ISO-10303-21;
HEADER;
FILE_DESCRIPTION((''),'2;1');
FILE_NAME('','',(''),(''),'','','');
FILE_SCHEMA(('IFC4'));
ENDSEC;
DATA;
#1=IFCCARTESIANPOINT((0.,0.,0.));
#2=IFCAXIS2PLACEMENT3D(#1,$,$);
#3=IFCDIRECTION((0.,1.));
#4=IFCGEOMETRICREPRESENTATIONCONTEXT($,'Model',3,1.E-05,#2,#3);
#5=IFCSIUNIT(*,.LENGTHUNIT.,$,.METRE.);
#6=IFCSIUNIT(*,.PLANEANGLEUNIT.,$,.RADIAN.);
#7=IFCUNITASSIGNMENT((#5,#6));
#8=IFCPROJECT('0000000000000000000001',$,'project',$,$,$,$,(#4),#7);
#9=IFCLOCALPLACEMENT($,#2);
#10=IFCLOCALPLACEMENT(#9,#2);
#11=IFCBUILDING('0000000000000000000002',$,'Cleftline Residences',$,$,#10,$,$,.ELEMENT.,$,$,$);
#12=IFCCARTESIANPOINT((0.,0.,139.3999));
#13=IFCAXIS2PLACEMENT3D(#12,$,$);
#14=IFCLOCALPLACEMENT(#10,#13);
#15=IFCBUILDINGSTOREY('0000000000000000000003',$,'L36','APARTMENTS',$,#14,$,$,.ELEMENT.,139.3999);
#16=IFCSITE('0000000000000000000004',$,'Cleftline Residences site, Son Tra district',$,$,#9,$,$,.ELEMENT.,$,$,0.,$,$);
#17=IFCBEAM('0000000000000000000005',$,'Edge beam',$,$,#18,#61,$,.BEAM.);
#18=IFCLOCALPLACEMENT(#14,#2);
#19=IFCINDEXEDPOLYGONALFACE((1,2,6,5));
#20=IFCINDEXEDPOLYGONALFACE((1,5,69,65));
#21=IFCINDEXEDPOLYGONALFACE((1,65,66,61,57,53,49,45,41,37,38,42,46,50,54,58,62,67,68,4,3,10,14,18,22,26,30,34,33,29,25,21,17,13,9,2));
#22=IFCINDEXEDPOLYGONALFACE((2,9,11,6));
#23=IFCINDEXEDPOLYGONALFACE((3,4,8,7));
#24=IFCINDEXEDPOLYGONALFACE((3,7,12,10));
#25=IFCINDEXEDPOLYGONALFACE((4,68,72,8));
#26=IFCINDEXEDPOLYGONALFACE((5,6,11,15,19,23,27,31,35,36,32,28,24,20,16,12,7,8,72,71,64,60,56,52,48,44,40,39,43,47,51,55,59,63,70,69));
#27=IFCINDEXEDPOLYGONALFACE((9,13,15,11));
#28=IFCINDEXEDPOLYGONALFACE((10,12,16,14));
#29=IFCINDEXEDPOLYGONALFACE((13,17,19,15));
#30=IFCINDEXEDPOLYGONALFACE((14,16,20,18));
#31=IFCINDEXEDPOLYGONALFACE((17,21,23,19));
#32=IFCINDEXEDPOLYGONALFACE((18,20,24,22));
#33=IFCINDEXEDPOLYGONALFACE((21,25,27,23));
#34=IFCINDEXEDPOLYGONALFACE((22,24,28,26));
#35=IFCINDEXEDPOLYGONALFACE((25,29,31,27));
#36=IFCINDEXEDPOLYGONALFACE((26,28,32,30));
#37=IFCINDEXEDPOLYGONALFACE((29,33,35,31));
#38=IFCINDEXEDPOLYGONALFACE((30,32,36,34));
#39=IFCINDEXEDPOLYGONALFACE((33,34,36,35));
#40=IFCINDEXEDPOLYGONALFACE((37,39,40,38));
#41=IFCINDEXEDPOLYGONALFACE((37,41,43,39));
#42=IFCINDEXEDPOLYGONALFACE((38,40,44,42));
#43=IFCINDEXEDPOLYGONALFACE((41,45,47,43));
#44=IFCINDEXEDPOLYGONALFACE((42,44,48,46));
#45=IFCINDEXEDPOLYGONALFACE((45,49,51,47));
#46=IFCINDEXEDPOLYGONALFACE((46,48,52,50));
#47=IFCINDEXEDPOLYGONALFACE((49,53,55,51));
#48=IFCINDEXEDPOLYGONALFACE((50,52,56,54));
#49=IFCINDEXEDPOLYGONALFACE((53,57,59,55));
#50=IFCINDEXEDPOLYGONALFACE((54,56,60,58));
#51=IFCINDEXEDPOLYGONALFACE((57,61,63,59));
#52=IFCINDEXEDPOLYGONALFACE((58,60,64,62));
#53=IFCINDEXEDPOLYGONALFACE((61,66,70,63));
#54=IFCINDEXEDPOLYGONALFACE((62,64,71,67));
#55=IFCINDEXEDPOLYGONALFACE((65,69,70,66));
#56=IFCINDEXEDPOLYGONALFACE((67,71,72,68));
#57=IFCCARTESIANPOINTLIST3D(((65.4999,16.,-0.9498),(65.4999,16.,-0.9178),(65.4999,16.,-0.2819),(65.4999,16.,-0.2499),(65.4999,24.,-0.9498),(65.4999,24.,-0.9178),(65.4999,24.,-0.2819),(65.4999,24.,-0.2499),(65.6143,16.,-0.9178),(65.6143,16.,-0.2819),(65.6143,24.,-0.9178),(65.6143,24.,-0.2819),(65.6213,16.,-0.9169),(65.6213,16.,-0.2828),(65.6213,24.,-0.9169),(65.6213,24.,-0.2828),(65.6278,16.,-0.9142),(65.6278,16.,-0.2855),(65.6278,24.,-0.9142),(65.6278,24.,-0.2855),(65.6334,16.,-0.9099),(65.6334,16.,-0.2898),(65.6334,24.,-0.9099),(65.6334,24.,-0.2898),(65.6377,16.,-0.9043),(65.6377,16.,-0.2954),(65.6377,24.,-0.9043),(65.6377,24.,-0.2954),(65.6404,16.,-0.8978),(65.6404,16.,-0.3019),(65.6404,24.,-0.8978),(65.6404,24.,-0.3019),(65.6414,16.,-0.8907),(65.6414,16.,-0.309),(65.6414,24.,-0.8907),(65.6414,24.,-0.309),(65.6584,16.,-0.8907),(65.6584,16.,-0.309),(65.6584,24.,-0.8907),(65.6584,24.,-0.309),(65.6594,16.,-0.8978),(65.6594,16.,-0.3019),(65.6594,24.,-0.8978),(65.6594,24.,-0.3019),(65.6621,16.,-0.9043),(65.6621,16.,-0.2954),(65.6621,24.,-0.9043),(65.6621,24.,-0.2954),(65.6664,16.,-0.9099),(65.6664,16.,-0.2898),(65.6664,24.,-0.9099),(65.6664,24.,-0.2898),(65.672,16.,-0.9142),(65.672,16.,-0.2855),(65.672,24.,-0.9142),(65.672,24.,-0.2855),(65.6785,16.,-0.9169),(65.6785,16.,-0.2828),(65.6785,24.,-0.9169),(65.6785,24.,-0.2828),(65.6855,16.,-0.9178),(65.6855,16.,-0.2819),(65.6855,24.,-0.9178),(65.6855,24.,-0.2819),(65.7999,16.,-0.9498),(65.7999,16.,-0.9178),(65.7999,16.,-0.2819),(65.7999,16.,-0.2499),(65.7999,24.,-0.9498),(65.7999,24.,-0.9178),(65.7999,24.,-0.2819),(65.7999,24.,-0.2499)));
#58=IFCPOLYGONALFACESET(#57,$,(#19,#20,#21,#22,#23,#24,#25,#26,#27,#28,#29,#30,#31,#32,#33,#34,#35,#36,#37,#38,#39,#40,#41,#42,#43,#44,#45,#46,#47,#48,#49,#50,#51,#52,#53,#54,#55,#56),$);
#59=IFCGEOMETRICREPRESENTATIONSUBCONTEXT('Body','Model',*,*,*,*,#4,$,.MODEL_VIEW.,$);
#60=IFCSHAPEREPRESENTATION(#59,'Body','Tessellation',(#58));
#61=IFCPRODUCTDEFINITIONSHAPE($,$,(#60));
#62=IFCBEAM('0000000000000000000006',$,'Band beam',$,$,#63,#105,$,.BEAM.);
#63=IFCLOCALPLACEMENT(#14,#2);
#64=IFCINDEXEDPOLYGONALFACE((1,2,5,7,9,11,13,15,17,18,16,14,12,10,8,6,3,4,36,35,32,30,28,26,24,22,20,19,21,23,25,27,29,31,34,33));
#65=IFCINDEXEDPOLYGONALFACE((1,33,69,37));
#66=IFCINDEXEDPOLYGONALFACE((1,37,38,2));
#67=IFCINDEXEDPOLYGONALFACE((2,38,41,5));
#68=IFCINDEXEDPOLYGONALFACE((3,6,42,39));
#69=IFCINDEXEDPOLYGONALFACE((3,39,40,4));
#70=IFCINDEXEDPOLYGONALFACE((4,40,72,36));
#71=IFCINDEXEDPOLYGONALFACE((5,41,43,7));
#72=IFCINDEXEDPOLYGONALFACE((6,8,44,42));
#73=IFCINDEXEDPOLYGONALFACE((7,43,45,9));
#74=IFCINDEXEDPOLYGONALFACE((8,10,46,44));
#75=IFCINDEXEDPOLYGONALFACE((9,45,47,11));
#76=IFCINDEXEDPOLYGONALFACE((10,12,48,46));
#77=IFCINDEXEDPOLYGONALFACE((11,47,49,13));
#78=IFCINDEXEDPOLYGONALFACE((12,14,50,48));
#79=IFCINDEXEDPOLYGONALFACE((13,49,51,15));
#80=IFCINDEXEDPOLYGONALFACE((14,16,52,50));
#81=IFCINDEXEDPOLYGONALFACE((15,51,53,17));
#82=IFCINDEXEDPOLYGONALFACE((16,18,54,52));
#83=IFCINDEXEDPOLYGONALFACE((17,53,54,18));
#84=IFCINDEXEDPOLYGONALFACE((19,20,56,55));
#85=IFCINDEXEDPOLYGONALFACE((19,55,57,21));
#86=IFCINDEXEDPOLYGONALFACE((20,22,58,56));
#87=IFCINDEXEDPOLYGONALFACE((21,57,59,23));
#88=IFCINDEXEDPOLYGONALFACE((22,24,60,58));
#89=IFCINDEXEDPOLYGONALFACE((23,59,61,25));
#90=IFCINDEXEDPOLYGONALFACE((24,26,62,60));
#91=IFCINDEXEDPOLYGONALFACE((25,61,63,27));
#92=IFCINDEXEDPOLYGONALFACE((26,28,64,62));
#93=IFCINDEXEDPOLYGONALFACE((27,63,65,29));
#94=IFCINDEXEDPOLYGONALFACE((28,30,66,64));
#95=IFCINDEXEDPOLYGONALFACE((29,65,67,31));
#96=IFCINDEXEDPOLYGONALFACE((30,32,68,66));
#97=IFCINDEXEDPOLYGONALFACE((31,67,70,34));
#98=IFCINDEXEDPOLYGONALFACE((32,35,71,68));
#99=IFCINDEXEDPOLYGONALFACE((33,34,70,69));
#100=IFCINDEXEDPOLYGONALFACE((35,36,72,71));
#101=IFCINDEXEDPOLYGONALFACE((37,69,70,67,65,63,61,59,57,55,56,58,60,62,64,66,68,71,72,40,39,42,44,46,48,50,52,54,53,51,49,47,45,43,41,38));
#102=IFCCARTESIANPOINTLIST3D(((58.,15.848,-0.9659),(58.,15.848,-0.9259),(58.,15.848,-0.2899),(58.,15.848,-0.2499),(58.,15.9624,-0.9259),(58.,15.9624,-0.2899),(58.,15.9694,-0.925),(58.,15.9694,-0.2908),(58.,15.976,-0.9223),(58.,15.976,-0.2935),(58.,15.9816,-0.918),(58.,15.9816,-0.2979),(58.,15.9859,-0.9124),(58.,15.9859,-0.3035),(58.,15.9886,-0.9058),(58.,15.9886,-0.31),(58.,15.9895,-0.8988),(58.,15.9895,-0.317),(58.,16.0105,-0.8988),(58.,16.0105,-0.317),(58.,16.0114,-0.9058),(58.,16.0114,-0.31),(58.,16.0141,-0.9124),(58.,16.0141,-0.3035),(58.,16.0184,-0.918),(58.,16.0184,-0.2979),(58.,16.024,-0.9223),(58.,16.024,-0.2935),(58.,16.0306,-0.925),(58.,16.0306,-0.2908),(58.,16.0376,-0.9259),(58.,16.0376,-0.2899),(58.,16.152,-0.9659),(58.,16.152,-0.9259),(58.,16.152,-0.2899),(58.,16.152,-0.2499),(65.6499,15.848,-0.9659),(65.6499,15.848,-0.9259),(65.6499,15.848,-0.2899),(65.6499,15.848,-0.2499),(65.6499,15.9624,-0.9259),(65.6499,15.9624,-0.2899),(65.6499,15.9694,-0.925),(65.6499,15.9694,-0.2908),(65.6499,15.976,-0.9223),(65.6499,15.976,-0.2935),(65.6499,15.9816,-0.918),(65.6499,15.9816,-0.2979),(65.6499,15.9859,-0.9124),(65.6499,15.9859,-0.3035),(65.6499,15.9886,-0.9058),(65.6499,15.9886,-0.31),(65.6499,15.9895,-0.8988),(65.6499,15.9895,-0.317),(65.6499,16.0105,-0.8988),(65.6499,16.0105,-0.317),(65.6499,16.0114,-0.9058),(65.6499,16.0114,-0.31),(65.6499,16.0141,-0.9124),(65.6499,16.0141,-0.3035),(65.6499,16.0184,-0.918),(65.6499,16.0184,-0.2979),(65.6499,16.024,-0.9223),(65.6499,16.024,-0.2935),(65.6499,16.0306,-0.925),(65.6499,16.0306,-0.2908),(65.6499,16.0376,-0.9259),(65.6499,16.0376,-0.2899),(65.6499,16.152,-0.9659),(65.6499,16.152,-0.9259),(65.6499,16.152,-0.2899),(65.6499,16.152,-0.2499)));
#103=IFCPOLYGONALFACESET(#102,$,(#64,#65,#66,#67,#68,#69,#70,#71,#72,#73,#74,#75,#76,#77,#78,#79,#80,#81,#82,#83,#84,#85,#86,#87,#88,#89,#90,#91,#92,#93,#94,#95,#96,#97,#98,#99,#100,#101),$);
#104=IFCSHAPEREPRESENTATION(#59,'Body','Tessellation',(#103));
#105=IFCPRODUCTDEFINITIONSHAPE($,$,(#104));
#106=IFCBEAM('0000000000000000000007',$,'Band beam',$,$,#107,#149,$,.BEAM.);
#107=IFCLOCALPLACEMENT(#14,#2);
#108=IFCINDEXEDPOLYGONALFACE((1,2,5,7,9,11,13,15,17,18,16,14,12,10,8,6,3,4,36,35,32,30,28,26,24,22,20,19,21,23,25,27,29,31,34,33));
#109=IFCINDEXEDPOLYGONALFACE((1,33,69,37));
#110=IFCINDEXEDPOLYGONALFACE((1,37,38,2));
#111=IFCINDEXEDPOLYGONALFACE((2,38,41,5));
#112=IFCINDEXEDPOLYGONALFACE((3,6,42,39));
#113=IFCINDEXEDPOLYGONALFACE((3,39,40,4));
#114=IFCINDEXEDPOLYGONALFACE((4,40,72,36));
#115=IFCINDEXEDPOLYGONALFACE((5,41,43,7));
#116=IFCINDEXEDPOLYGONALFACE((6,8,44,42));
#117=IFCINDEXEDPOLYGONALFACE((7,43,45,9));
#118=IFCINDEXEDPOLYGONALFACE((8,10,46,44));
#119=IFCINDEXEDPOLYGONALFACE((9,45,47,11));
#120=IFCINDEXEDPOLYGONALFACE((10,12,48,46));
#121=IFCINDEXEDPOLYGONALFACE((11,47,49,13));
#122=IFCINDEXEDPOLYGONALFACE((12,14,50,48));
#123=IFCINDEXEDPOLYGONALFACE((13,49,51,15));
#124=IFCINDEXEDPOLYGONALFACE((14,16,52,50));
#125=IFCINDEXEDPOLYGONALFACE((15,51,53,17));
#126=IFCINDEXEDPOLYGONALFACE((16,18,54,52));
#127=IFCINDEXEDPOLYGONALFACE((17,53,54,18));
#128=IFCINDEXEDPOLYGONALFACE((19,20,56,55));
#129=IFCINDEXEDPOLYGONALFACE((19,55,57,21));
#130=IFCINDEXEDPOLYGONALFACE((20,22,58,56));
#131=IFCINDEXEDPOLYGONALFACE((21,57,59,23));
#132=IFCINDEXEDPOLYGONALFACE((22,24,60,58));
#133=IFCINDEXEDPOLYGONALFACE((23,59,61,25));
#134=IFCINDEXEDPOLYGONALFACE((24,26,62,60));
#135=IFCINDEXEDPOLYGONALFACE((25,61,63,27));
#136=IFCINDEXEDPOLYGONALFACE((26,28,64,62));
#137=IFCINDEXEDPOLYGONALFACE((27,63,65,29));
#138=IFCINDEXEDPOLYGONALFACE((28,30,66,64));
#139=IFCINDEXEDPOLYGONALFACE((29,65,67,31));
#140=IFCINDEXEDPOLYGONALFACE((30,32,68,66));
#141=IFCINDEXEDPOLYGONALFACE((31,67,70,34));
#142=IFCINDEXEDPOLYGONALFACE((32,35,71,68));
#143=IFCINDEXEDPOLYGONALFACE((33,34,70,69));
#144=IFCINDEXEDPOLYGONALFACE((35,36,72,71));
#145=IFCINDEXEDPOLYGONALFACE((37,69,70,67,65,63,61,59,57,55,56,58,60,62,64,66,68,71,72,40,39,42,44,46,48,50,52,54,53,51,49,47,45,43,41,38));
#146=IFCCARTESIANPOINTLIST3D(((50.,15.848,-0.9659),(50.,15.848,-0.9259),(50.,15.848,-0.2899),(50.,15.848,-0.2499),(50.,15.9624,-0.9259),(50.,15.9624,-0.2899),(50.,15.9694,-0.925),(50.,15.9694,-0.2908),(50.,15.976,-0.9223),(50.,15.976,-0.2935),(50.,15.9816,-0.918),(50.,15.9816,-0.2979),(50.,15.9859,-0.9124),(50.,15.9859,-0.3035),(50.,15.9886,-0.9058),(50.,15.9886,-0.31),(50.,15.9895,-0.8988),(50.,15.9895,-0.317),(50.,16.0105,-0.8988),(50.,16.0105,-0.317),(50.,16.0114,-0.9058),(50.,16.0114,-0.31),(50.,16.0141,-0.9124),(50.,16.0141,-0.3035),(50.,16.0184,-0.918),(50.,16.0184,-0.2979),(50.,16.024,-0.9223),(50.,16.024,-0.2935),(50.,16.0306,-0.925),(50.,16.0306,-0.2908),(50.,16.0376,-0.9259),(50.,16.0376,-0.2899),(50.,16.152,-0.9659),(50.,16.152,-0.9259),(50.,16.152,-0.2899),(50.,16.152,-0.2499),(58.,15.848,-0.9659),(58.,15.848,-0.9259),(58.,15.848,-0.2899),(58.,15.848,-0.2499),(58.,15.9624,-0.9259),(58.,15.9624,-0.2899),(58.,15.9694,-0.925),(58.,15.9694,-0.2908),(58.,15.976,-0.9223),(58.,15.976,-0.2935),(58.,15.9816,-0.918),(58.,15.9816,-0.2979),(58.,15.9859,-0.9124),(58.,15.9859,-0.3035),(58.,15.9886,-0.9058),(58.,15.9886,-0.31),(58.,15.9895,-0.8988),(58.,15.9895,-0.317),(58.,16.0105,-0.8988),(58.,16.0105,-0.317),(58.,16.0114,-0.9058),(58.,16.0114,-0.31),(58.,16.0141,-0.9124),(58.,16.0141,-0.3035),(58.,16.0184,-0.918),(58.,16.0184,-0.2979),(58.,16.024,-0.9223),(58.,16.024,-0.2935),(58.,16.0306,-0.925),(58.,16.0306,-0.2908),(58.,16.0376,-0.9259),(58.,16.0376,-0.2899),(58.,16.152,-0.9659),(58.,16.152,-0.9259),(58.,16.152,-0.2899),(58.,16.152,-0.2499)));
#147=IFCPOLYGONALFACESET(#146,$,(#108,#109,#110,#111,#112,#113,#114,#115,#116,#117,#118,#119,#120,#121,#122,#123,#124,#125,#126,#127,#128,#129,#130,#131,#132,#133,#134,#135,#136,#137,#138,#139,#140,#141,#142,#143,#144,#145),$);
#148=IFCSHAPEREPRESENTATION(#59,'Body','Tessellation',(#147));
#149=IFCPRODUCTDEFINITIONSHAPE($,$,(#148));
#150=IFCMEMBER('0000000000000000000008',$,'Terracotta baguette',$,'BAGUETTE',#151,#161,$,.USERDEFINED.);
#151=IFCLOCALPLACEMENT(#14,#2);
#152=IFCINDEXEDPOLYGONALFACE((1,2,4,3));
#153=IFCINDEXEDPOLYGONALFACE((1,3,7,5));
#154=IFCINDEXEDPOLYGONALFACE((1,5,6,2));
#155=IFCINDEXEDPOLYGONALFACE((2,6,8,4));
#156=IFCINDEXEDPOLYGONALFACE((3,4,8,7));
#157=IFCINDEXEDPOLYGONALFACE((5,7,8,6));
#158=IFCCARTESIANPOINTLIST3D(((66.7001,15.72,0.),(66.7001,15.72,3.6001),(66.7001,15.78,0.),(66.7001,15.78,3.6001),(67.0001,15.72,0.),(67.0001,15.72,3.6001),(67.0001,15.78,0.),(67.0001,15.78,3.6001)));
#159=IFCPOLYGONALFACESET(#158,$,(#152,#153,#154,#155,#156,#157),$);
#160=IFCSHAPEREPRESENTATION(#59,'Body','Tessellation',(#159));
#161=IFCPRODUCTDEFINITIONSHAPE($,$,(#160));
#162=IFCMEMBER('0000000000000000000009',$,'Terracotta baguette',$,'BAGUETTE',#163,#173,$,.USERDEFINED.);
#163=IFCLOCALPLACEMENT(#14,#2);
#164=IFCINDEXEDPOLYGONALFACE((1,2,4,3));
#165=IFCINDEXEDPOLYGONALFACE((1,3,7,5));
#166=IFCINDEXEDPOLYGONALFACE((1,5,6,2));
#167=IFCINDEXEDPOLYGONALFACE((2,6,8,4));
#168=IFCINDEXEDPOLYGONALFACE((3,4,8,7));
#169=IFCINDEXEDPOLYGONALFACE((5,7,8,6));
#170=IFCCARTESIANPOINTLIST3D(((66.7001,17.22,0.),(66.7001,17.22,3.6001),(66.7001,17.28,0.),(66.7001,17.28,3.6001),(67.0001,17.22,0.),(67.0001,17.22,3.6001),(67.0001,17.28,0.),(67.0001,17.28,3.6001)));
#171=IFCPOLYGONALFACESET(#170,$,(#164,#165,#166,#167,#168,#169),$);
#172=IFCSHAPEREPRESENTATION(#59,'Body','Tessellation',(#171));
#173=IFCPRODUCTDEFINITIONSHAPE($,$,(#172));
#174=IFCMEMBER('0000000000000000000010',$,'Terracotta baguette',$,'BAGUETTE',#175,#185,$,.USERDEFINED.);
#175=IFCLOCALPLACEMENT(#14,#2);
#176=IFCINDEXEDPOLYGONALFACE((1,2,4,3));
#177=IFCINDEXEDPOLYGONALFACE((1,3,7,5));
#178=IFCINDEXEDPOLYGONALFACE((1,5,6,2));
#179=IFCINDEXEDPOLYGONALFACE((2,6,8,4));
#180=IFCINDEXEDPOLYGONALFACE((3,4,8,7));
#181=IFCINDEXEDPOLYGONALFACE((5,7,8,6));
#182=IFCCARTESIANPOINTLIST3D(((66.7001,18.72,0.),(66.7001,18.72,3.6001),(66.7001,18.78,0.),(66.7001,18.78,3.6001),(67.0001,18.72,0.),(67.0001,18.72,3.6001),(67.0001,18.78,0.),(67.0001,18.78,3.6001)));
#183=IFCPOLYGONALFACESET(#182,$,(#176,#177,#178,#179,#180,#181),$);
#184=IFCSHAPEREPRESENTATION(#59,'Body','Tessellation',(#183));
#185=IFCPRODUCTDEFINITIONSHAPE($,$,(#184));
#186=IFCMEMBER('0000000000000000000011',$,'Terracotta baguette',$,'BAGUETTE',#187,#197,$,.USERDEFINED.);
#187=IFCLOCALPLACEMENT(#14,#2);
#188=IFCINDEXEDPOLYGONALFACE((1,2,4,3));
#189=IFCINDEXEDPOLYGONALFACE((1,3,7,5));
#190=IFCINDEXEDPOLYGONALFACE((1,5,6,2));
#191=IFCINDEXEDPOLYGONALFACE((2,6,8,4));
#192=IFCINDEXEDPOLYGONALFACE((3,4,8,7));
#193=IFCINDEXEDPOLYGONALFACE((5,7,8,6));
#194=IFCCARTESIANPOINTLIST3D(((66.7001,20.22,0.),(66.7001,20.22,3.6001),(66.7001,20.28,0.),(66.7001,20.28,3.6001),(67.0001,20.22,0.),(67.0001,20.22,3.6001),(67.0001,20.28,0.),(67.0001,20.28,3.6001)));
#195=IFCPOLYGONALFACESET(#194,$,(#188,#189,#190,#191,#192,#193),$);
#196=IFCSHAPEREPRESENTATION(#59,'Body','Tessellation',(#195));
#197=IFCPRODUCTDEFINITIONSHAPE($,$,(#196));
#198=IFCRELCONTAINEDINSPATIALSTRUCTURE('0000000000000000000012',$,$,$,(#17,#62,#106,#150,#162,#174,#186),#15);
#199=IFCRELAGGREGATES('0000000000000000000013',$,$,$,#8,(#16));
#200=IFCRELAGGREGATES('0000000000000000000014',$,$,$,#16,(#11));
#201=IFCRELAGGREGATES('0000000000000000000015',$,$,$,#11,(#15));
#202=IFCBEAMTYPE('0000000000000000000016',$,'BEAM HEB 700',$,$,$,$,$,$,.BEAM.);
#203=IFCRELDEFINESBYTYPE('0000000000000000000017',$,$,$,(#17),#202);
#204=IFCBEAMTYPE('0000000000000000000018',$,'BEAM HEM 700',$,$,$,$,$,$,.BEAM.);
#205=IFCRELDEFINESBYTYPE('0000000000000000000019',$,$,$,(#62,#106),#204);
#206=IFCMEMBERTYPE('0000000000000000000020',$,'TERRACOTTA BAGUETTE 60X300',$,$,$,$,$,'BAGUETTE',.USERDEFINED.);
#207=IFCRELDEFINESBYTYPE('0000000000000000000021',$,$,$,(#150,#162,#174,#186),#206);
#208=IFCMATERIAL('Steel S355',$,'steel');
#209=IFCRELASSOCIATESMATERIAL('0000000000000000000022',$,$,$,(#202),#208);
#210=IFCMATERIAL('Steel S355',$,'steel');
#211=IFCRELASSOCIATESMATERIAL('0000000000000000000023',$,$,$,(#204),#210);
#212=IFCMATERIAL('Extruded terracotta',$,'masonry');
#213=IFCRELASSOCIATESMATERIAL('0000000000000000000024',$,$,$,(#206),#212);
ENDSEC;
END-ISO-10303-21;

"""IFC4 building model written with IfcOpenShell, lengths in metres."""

from ifc_helpers import new_model, si_unit, direction, frame, origin, origin_2d, place, context, subcontext, project, spatial, rectangle, i_section, extrude, material, material_profile, profile_set, type_object, element, save


model = new_model("IFC4")

# Units and contexts
model_context = context("Model", 3, precision=1e-05, world=origin(), true_north=direction((0.0, 1.0)))
body_context = subcontext(model_context, "Body", "Model", "MODEL_VIEW")
ifc_project = project(units=[si_unit("LENGTHUNIT", "METRE"), si_unit("PLANEANGLEUNIT", "RADIAN")], contexts=[model_context])

# Site, building, storey
site_placement = place(None, origin())
site = spatial("IfcSite", under=ifc_project, at=site_placement, Name="Cleftline Residences site, Son Tra district", CompositionType="ELEMENT", RefElevation=0.0)
building_placement = place(site_placement, origin())
building = spatial("IfcBuilding", under=site, at=building_placement, Name="Cleftline Residences", CompositionType="ELEMENT")
storey_placement = place(building_placement, frame((0.0, 0.0, 139.3999)))
storey = spatial("IfcBuildingStorey", under=building, at=storey_placement, Name="L36", Description="APARTMENTS", CompositionType="ELEMENT", Elevation=139.3999)

# Beams
ifc_material_1 = material(Name="Steel S355", Category="steel")
ifc_material_profile_1 = material_profile(ifc_material_1, i_section(OverallWidth=0.3, OverallDepth=0.7, WebThickness=0.0171, FlangeThickness=0.032, FilletRadius=0.0271, at=origin_2d()))
ifc_profile_set_1 = profile_set([ifc_material_profile_1], Name="Steel S355")
beam_type_1 = type_object("IfcBeamType", Name="BEAM HEB 700", PredefinedType="BEAM", material=ifc_profile_set_1)
beam_1_placement = place(storey_placement, frame((65.6499, 16.0, -0.5999), z_axis=(0.0, 1.0, 0.0), x_axis=(-1.0, 0.0, 0.0)))
element("IfcBeam", 1, at=beam_1_placement, inside=storey, type_object=beam_type_1, Name="Edge beam", PredefinedType="BEAM", context=body_context, shape_type="SweptSolid", body=[
    extrude(i_section(OverallWidth=0.3, OverallDepth=0.7, WebThickness=0.0171, FlangeThickness=0.032, FilletRadius=0.0271, at=origin_2d()), origin(), (0.0, 0.0, 1.0), 8.0),
])
ifc_material_2 = material(Name="Steel S355", Category="steel")
ifc_material_profile_2 = material_profile(ifc_material_2, i_section(OverallWidth=0.304, OverallDepth=0.7161, WebThickness=0.021, FlangeThickness=0.04, FilletRadius=0.0271, at=origin_2d()))
ifc_profile_set_2 = profile_set([ifc_material_profile_2], Name="Steel S355")
beam_type_2 = type_object("IfcBeamType", Name="BEAM HEM 700", PredefinedType="BEAM", material=ifc_profile_set_2)
beam_2_placement = place(storey_placement, frame((65.6499, 16.0, -0.6079), z_axis=(-1.0, 0.0, 0.0), x_axis=(0.0, -1.0, 0.0)))
element("IfcBeam", 2, at=beam_2_placement, inside=storey, type_object=beam_type_2, Name="Band beam", PredefinedType="BEAM", context=body_context, shape_type="SweptSolid", body=[
    extrude(i_section(OverallWidth=0.304, OverallDepth=0.7161, WebThickness=0.021, FlangeThickness=0.04, FilletRadius=0.0271, at=origin_2d()), origin(), (0.0, 0.0, 1.0), 7.6499),
])
beam_3_placement = place(storey_placement, frame((58.0, 16.0, -0.6079), z_axis=(-1.0, 0.0, 0.0), x_axis=(0.0, -1.0, 0.0)))
element("IfcBeam", 3, at=beam_3_placement, inside=storey, type_object=beam_type_2, Name="Band beam", PredefinedType="BEAM", context=body_context, shape_type="SweptSolid", body=[
    extrude(i_section(OverallWidth=0.304, OverallDepth=0.7161, WebThickness=0.021, FlangeThickness=0.04, FilletRadius=0.0271, at=origin_2d()), origin(), (0.0, 0.0, 1.0), 8.0),
])

# Members
ifc_material_3 = material(Name="Extruded terracotta", Category="masonry")
ifc_material_profile_3 = material_profile(ifc_material_3, rectangle(XDim=0.0601, YDim=0.3, at=origin_2d()))
ifc_profile_set_3 = profile_set([ifc_material_profile_3], Name="Extruded terracotta")
member_type_1 = type_object("IfcMemberType", Name="TERRACOTTA BAGUETTE 60X300", ElementType="BAGUETTE", PredefinedType="USERDEFINED", material=ifc_profile_set_3)
for number, where, z_axis, x_axis, name in (
    (4, (66.8501, 15.75, 0.0), (0.0, 0.0, 1.0), (0.0, 1.0, 0.0), "Terracotta baguette"),
    (5, (66.8501, 17.25, 0.0), (0.0, 0.0, 1.0), (0.0, 1.0, 0.0), "Terracotta baguette"),
    (6, (66.8501, 18.75, 0.0), (0.0, 0.0, 1.0), (0.0, 1.0, 0.0), "Terracotta baguette"),
    (7, (66.8501, 20.25, 0.0), (0.0, 0.0, 1.0), (0.0, 1.0, 0.0), "Terracotta baguette"),
):
    element("IfcMember", number, at=place(storey_placement, frame(where, z_axis=z_axis, x_axis=x_axis)), inside=storey, type_object=member_type_1, Name=name, ObjectType="BAGUETTE", PredefinedType="USERDEFINED", context=body_context, shape_type="SweptSolid", body=[
        extrude(rectangle(XDim=0.0601, YDim=0.3, at=origin_2d()), origin(), (0.0, 0.0, 1.0), 3.6001),
    ])

save(model, "model.ifc")
